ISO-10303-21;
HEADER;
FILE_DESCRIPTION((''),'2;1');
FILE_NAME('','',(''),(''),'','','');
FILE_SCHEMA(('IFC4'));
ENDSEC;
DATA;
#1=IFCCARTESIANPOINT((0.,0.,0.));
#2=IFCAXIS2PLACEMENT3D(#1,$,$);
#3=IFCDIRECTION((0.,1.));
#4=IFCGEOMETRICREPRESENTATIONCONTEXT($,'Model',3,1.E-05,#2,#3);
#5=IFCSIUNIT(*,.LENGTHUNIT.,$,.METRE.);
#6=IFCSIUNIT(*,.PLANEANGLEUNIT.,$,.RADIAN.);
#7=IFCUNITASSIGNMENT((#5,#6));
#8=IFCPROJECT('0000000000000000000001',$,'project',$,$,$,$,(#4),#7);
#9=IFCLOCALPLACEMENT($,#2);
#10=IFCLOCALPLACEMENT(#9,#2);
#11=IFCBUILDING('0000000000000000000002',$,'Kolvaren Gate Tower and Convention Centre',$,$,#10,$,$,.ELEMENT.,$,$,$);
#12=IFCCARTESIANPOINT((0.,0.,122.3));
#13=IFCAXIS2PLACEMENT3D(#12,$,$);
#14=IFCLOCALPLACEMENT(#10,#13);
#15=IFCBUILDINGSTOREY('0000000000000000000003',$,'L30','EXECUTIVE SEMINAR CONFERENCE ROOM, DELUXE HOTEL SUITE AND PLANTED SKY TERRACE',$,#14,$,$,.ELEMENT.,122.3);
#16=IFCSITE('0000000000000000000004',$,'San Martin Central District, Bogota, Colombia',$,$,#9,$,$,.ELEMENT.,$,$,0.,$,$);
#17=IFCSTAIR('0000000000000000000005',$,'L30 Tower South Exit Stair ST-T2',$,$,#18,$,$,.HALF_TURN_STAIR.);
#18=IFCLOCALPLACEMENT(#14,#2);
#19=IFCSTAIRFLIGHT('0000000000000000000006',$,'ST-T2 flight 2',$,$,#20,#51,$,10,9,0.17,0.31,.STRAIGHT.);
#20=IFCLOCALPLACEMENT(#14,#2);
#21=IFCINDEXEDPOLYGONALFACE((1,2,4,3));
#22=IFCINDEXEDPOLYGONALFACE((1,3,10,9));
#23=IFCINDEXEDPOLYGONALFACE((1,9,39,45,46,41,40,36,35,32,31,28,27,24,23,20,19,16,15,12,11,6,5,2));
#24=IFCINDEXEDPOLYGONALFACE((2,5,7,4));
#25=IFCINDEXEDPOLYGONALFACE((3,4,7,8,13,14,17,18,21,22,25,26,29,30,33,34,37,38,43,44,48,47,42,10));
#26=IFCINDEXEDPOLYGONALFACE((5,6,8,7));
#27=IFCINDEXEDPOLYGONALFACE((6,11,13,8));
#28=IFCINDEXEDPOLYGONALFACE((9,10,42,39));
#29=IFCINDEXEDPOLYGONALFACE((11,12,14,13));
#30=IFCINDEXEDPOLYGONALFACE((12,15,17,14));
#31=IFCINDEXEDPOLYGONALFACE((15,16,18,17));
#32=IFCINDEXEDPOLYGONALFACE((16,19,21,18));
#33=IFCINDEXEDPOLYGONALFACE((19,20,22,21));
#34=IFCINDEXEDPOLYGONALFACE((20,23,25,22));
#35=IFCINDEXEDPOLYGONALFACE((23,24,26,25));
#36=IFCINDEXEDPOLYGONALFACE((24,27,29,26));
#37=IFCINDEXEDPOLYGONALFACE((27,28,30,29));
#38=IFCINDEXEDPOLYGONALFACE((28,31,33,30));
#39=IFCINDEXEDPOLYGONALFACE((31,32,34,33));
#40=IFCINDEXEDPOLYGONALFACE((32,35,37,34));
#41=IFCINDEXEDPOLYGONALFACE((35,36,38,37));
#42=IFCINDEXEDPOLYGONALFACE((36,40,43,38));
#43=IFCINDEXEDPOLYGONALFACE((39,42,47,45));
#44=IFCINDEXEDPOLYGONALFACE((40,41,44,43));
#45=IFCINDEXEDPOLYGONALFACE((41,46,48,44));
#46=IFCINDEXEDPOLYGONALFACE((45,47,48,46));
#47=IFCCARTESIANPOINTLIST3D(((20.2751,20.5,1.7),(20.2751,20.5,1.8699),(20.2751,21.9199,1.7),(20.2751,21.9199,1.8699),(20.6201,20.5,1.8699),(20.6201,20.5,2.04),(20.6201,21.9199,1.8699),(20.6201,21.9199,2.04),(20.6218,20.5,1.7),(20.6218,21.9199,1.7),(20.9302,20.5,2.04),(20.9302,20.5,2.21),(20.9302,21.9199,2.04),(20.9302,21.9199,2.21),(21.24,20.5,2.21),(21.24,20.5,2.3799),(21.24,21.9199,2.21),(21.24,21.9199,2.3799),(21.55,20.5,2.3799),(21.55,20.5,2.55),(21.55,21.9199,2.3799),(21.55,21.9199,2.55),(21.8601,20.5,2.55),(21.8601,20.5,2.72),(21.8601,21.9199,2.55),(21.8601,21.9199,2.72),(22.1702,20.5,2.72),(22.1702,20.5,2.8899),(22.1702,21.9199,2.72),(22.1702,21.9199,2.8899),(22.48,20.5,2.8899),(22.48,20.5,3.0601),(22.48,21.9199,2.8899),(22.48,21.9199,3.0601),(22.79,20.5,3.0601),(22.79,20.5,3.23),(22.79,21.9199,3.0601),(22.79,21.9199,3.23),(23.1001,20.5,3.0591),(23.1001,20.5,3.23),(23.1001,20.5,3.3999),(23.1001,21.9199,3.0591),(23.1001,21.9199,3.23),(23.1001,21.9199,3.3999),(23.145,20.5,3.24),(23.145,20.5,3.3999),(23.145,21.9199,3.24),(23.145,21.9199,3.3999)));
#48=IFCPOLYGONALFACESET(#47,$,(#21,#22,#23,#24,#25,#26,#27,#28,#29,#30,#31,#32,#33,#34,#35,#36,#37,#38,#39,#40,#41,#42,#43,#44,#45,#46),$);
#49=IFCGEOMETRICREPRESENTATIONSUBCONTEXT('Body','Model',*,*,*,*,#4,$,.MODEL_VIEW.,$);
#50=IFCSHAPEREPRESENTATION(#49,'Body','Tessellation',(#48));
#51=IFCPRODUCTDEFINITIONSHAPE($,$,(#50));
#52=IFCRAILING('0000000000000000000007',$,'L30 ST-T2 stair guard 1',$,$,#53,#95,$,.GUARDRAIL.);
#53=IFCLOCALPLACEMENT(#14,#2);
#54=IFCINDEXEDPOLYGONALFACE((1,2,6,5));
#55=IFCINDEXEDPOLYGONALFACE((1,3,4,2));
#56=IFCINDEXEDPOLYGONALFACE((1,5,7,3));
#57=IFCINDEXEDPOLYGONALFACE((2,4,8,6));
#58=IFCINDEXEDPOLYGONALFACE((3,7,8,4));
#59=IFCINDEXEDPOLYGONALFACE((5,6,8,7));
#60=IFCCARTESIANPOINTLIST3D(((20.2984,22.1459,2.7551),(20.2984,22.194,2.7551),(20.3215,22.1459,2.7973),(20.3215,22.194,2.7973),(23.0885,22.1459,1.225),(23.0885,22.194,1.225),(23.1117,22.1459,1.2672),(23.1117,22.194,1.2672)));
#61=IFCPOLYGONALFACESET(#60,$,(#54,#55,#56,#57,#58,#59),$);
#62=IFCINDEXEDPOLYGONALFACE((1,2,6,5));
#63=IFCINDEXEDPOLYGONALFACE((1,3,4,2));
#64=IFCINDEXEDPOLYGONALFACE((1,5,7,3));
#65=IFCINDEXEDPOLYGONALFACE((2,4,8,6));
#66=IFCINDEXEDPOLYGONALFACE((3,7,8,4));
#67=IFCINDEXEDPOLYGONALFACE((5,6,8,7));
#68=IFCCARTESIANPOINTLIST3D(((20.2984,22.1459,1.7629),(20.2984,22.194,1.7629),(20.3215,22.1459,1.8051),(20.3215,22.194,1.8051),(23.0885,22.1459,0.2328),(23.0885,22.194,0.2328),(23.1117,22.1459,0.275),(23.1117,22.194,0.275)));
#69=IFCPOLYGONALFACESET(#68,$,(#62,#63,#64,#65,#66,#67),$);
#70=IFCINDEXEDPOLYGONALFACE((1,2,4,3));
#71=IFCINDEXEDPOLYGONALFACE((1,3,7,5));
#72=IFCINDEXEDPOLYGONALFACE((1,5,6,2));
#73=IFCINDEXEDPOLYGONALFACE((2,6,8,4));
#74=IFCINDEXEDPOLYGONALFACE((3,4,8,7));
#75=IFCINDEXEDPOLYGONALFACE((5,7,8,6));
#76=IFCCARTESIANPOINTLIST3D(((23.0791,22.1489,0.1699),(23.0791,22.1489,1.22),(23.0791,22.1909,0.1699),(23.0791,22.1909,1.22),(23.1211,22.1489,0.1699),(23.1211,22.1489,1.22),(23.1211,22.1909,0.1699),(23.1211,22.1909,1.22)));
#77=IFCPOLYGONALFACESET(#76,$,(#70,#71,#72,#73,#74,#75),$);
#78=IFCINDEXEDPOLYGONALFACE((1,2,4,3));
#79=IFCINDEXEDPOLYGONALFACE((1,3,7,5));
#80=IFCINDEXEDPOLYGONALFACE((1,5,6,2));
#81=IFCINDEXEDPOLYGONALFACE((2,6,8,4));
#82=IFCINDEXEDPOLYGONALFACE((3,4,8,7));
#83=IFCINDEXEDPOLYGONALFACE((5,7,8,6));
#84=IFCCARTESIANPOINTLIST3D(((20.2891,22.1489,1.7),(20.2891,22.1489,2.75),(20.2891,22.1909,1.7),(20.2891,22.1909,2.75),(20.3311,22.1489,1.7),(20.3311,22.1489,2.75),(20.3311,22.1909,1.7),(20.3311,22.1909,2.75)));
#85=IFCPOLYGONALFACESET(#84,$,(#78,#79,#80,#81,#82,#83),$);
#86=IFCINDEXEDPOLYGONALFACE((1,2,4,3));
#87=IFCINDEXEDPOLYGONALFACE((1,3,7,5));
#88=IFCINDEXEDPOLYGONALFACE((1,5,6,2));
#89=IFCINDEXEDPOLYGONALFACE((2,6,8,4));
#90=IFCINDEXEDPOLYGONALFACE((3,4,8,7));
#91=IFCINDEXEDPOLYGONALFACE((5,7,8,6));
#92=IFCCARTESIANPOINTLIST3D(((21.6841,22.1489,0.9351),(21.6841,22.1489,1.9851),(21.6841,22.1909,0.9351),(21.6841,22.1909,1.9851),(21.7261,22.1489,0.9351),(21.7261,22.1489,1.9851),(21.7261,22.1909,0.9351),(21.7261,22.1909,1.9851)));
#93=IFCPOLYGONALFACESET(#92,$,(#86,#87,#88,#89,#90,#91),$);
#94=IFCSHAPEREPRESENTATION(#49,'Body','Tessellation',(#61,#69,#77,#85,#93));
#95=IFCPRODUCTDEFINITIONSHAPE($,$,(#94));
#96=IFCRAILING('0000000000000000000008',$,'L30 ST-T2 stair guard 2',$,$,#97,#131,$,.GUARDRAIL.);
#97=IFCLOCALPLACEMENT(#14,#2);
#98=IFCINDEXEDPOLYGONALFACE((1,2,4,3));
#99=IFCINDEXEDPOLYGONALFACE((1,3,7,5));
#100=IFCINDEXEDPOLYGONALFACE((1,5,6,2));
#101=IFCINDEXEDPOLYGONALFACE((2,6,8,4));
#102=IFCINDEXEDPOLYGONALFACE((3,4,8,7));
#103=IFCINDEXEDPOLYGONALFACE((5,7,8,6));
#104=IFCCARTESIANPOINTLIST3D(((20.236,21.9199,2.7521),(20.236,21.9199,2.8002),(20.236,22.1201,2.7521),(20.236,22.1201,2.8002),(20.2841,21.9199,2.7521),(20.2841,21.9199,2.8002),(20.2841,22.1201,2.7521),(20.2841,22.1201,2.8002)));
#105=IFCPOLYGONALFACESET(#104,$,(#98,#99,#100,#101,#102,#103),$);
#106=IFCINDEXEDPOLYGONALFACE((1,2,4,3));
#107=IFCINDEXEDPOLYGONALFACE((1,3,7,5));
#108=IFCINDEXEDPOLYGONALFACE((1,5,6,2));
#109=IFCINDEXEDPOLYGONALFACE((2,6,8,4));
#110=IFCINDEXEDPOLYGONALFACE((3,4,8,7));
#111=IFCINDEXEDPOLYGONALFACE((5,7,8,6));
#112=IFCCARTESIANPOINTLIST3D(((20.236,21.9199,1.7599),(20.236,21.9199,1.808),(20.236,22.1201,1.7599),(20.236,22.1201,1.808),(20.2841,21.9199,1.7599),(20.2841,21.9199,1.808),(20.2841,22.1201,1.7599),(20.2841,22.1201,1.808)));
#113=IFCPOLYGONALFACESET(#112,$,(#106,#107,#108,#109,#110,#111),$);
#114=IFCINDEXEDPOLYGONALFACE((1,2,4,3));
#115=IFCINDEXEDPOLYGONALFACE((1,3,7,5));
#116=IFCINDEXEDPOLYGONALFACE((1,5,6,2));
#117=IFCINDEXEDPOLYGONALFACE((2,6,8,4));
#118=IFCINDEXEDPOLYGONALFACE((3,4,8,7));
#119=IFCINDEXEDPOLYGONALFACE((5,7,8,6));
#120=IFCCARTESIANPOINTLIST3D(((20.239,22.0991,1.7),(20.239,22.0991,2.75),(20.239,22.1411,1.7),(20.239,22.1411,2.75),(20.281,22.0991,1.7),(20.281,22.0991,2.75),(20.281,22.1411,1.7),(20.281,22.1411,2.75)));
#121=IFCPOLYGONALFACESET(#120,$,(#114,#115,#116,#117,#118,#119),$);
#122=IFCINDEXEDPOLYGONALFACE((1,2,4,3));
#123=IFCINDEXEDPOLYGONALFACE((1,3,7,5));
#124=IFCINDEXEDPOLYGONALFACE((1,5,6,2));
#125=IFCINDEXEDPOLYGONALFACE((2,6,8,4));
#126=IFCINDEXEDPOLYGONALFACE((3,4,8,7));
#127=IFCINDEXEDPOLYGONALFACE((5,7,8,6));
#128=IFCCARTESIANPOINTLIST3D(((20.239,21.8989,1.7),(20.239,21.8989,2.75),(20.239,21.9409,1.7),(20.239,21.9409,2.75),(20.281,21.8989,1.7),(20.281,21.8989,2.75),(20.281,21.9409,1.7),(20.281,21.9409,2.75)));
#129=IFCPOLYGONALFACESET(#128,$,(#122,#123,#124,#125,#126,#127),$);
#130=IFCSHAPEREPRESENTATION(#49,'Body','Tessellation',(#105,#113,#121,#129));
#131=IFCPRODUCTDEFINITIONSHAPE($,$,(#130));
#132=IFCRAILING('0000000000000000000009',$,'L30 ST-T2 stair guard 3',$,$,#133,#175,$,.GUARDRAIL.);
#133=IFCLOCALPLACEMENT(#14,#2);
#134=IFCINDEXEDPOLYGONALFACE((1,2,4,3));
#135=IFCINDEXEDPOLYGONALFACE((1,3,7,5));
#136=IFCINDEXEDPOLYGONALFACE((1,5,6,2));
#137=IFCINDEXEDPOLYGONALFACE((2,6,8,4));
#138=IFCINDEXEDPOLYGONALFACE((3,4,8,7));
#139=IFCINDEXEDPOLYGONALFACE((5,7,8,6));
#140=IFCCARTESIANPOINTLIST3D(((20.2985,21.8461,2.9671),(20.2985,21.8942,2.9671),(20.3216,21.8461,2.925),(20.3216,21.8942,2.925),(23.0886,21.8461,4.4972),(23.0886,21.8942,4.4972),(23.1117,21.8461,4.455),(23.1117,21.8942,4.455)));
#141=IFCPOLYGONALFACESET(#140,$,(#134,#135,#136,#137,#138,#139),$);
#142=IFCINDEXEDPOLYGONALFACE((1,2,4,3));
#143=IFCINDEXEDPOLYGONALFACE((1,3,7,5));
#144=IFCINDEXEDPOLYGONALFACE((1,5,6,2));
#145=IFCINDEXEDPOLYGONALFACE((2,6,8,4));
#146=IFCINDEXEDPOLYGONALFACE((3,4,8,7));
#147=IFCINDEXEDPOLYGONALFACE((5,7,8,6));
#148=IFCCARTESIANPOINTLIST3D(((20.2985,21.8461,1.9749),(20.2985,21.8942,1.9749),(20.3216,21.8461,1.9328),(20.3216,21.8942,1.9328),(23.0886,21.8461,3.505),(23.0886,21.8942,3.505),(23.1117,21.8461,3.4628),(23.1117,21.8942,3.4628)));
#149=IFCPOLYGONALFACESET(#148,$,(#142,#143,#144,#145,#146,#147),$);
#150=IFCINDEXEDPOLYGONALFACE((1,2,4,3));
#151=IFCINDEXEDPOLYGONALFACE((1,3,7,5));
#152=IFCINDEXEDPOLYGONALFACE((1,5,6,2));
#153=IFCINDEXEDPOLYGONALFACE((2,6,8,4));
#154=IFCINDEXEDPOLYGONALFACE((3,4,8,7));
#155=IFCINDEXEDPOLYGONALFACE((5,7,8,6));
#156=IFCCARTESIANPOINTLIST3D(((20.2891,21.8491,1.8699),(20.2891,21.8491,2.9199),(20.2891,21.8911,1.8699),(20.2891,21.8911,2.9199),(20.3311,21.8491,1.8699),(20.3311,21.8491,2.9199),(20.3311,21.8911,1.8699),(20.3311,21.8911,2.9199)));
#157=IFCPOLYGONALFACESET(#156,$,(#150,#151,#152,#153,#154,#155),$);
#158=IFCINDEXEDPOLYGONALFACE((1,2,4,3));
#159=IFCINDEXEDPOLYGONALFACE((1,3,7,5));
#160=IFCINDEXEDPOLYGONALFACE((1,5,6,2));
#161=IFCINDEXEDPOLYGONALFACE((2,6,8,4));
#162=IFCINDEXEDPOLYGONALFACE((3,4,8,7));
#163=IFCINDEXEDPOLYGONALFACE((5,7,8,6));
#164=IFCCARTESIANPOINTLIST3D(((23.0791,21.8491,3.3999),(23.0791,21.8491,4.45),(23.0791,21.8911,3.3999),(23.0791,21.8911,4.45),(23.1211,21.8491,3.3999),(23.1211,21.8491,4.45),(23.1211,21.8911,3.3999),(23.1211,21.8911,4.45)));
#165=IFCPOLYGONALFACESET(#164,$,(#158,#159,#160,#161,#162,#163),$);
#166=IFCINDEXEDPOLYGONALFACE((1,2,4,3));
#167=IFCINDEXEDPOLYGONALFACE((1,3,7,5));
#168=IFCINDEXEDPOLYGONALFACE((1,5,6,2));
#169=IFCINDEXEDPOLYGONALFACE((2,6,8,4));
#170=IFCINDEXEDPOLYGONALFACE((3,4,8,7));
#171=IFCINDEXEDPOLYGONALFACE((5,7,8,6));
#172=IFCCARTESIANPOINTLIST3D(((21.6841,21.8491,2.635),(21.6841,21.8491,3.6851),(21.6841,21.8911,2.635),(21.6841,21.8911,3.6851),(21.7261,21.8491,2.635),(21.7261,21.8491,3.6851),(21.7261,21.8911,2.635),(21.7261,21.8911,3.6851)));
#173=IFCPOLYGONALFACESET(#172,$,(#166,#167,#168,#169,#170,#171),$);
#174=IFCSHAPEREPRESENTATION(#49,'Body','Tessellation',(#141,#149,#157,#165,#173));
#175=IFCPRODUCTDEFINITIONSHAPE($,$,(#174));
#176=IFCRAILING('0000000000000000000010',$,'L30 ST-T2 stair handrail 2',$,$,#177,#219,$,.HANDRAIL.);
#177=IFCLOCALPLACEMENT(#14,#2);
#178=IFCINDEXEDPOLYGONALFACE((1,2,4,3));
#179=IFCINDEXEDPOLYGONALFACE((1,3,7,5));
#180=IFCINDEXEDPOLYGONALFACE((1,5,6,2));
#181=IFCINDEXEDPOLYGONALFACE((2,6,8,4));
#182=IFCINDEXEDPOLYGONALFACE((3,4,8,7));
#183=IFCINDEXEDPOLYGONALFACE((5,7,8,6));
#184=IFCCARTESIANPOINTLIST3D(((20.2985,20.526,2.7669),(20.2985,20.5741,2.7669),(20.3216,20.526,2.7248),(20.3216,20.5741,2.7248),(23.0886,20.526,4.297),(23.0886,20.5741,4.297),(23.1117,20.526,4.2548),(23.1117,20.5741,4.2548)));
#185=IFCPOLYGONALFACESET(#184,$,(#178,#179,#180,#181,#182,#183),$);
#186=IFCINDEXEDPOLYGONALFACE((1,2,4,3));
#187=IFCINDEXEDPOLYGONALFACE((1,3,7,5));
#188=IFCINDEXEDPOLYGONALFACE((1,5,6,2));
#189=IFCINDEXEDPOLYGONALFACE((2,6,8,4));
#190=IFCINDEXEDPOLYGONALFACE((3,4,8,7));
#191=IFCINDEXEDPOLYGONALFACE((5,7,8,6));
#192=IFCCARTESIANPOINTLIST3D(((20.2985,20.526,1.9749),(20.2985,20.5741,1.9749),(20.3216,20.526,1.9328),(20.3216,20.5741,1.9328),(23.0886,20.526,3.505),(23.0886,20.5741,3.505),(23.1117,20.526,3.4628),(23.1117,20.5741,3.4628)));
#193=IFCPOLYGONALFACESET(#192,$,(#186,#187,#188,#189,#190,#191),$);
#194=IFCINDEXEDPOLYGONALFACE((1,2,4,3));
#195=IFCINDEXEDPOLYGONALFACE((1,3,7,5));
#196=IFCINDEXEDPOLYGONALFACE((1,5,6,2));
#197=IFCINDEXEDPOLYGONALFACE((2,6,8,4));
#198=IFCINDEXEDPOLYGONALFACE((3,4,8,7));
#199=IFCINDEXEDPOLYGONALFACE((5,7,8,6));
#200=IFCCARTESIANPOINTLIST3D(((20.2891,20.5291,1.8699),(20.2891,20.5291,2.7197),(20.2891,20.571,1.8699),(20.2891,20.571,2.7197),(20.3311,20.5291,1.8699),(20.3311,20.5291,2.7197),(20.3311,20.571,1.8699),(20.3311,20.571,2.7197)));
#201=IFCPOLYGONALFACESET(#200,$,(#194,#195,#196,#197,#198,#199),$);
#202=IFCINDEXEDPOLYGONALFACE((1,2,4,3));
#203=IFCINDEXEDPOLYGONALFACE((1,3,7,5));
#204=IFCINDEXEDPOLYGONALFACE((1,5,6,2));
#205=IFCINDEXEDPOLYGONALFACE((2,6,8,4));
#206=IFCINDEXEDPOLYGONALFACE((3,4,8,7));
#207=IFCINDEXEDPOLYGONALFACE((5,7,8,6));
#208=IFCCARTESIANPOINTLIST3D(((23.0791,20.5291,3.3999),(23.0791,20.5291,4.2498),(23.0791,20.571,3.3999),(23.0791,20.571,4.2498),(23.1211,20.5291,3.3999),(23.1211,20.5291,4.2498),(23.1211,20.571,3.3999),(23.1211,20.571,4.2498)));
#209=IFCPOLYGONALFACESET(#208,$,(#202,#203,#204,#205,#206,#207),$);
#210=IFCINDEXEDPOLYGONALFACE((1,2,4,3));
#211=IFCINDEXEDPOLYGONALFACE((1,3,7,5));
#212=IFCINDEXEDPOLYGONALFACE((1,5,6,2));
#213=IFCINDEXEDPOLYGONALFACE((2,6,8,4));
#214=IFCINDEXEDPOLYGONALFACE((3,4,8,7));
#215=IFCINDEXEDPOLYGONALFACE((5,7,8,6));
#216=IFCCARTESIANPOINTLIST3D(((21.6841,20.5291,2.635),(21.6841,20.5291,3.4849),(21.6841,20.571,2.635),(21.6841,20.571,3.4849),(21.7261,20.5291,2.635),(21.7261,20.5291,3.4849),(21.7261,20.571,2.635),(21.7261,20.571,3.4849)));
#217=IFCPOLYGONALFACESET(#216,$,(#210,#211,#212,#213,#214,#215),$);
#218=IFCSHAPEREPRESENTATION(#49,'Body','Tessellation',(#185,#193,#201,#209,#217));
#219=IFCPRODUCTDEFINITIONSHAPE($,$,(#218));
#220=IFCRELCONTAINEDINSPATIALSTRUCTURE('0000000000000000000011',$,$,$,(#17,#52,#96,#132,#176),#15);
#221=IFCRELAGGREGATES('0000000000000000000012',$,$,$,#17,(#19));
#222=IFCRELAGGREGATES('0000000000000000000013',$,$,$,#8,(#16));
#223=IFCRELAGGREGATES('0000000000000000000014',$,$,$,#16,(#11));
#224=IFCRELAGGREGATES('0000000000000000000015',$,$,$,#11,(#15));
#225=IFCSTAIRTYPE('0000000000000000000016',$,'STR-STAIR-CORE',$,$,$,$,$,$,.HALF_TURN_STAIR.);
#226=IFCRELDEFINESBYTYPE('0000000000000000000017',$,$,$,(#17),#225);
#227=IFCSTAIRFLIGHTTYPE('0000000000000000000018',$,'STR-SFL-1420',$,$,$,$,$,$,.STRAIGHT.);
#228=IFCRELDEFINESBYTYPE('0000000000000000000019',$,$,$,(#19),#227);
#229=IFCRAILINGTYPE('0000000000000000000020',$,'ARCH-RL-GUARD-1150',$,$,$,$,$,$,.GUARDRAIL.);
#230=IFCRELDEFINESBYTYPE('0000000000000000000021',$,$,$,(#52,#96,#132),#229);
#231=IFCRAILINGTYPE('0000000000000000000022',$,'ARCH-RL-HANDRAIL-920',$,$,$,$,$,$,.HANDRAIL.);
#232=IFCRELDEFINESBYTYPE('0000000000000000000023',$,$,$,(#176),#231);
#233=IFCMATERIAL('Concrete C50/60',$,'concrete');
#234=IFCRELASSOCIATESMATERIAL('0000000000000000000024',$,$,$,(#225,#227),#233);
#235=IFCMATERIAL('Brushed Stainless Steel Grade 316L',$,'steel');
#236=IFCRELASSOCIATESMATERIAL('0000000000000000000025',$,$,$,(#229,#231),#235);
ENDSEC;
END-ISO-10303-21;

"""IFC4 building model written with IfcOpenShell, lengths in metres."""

from ifc_helpers import new_model, si_unit, direction, frame, origin, origin_2d, place, context, subcontext, project, spatial, polyline, rectangle, outline, extrude, material, type_object, element, aggregate, save


model = new_model("IFC4")

# Units and contexts
model_context = context("Model", 3, precision=1e-05, world=origin(), true_north=direction((0.0, 1.0)))
body_context = subcontext(model_context, "Body", "Model", "MODEL_VIEW")
ifc_project = project(units=[si_unit("LENGTHUNIT", "METRE"), si_unit("PLANEANGLEUNIT", "RADIAN")], contexts=[model_context])

# Site, building, storey
site_placement = place(None, origin())
site = spatial("IfcSite", under=ifc_project, at=site_placement, Name="San Martin Central District, Bogota, Colombia", CompositionType="ELEMENT", RefElevation=0.0)
building_placement = place(site_placement, origin())
building = spatial("IfcBuilding", under=site, at=building_placement, Name="Kolvaren Gate Tower and Convention Centre", CompositionType="ELEMENT")
storey_placement = place(building_placement, frame((0.0, 0.0, 122.3)))
storey = spatial("IfcBuildingStorey", under=building, at=storey_placement, Name="L30", Description="EXECUTIVE SEMINAR CONFERENCE ROOM, DELUXE HOTEL SUITE AND PLANTED SKY TERRACE", CompositionType="ELEMENT", Elevation=122.3)

# Stair, stair flight
ifc_material_1 = material(Name="Concrete C50/60", Category="concrete")
stair_type = type_object("IfcStairType", Name="STR-STAIR-CORE", PredefinedType="HALF_TURN_STAIR", material=ifc_material_1)
stair_placement = place(storey_placement, origin())
stair = element("IfcStair", 1, at=stair_placement, inside=storey, type_object=stair_type, Name="L30 Tower South Exit Stair ST-T2", PredefinedType="HALF_TURN_STAIR")
stair_flight_type = type_object("IfcStairFlightType", Name="STR-SFL-1420", PredefinedType="STRAIGHT", material=ifc_material_1)
stair_flight_1_placement = place(storey_placement, frame((20.3101, 21.21, 1.7), z_axis=(0.0, 0.0, 1.0), x_axis=(1.0, 0.0, 0.0)))
stair_flight_1 = element("IfcStairFlight", 2, at=stair_flight_1_placement, type_object=stair_flight_type, Name="ST-T2 flight 2", NumberOfRisers=10, NumberOfTreads=9, PredefinedType="STRAIGHT", RiserHeight=0.17, TreadLength=0.31, context=body_context, shape_type="SweptSolid", body=[
    extrude(outline(polyline([(-0.0349, 0.0), (-0.0349, 0.1699), (0.3101, 0.1699), (0.3101, 0.3401), (0.6201, 0.3401), (0.6201, 0.51), (0.9299, 0.51), (0.9299, 0.6799), (1.24, 0.6799), (1.24, 0.8501), (1.55, 0.8501), (1.55, 1.02), (1.8601, 1.02), (1.8601, 1.1899), (2.1699, 1.1899), (2.1699, 1.3601), (2.48, 1.3601), (2.48, 1.53), (2.79, 1.53), (2.79, 1.7), (2.835, 1.7), (2.835, 1.54), (2.79, 1.3591), (0.3118, 0.0), (-0.0349, 0.0)])), frame((0.0, 0.71, 0.0), z_axis=(0.0, -1.0, 0.0), x_axis=(1.0, 0.0, 0.0)), (0.0, 0.0, 1.0), 1.4199),
])
aggregate(stair, [stair_flight_1])

# Railings
ifc_material_2 = material(Name="Brushed Stainless Steel Grade 316L", Category="steel")
railing_type_1 = type_object("IfcRailingType", Name="ARCH-RL-GUARD-1150", PredefinedType="GUARDRAIL", material=ifc_material_2)
railing_1_placement = place(storey_placement, frame((23.1001, 22.1699, 0.1699)))
element("IfcRailing", 3, at=railing_1_placement, inside=storey, type_object=railing_type_1, Name="L30 ST-T2 stair guard 1", PredefinedType="GUARDRAIL", context=body_context, shape_type="SweptSolid", body=[
    extrude(rectangle(XDim=0.0481, YDim=0.0481, at=origin_2d()), frame((0.0, 0.0, 1.0762), z_axis=(-0.876811, 0.0, 0.480835), x_axis=(0.0, -1.0, 0.0)), (0.0, 0.0, 1.0), 3.1821),
    extrude(rectangle(XDim=0.0481, YDim=0.0481, at=origin_2d()), frame((0.0, 0.0, 0.084), z_axis=(-0.876811, 0.0, 0.480835), x_axis=(0.0, -1.0, 0.0)), (0.0, 0.0, 1.0), 3.1821),
    extrude(rectangle(XDim=0.042, YDim=0.042, at=origin_2d()), origin(), (0.0, 0.0, 1.0), 1.05),
    extrude(rectangle(XDim=0.042, YDim=0.042, at=origin_2d()), frame((-2.79, 0.0, 1.53)), (0.0, 0.0, 1.0), 1.05),
    extrude(rectangle(XDim=0.042, YDim=0.042, at=origin_2d()), frame((-1.395, 0.0, 0.7651)), (0.0, 0.0, 1.0), 1.05),
])
railing_2_placement = place(storey_placement, frame((20.26, 22.1201, 1.7)))
element("IfcRailing", 4, at=railing_2_placement, inside=storey, type_object=railing_type_1, Name="L30 ST-T2 stair guard 2", PredefinedType="GUARDRAIL", context=body_context, shape_type="SweptSolid", body=[
    extrude(rectangle(XDim=0.0481, YDim=0.0481, at=origin_2d()), frame((0.0, 0.0, 1.0762), z_axis=(0.0, -1.0, 0.0), x_axis=(1.0, 0.0, 0.0)), (0.0, 0.0, 1.0), 0.2002),
    extrude(rectangle(XDim=0.0481, YDim=0.0481, at=origin_2d()), frame((0.0, 0.0, 0.084), z_axis=(0.0, -1.0, 0.0), x_axis=(1.0, 0.0, 0.0)), (0.0, 0.0, 1.0), 0.2002),
    extrude(rectangle(XDim=0.042, YDim=0.042, at=origin_2d()), origin(), (0.0, 0.0, 1.0), 1.05),
    extrude(rectangle(XDim=0.042, YDim=0.042, at=origin_2d()), frame((0.0, -0.2002, 0.0)), (0.0, 0.0, 1.0), 1.05),
])
railing_3_placement = place(storey_placement, frame((20.3101, 21.8701, 1.8699)))
element("IfcRailing", 5, at=railing_3_placement, inside=storey, type_object=railing_type_1, Name="L30 ST-T2 stair guard 3", PredefinedType="GUARDRAIL", context=body_context, shape_type="SweptSolid", body=[
    extrude(rectangle(XDim=0.0481, YDim=0.0481, at=origin_2d()), frame((0.0, 0.0, 1.0762), z_axis=(0.876811, 0.0, 0.480835), x_axis=(0.0, 1.0, 0.0)), (0.0, 0.0, 1.0), 3.1821),
    extrude(rectangle(XDim=0.0481, YDim=0.0481, at=origin_2d()), frame((0.0, 0.0, 0.084), z_axis=(0.876811, 0.0, 0.480835), x_axis=(0.0, 1.0, 0.0)), (0.0, 0.0, 1.0), 3.1821),
    extrude(rectangle(XDim=0.042, YDim=0.042, at=origin_2d()), origin(), (0.0, 0.0, 1.0), 1.05),
    extrude(rectangle(XDim=0.042, YDim=0.042, at=origin_2d()), frame((2.79, 0.0, 1.53)), (0.0, 0.0, 1.0), 1.05),
    extrude(rectangle(XDim=0.042, YDim=0.042, at=origin_2d()), frame((1.395, 0.0, 0.7651)), (0.0, 0.0, 1.0), 1.05),
])
railing_type_2 = type_object("IfcRailingType", Name="ARCH-RL-HANDRAIL-920", PredefinedType="HANDRAIL", material=ifc_material_2)
railing_4_placement = place(storey_placement, frame((20.3101, 20.55, 1.8699)))
element("IfcRailing", 6, at=railing_4_placement, inside=storey, type_object=railing_type_2, Name="L30 ST-T2 stair handrail 2", PredefinedType="HANDRAIL", context=body_context, shape_type="SweptSolid", body=[
    extrude(rectangle(XDim=0.0481, YDim=0.0481, at=origin_2d()), frame((0.0, 0.0, 0.876), z_axis=(0.876811, 0.0, 0.480835), x_axis=(0.0, 1.0, 0.0)), (0.0, 0.0, 1.0), 3.1821),
    extrude(rectangle(XDim=0.0481, YDim=0.0481, at=origin_2d()), frame((0.0, 0.0, 0.084), z_axis=(0.876811, 0.0, 0.480835), x_axis=(0.0, 1.0, 0.0)), (0.0, 0.0, 1.0), 3.1821),
    extrude(rectangle(XDim=0.042, YDim=0.042, at=origin_2d()), origin(), (0.0, 0.0, 1.0), 0.8499),
    extrude(rectangle(XDim=0.042, YDim=0.042, at=origin_2d()), frame((2.79, 0.0, 1.53)), (0.0, 0.0, 1.0), 0.8499),
    extrude(rectangle(XDim=0.042, YDim=0.042, at=origin_2d()), frame((1.395, 0.0, 0.7651)), (0.0, 0.0, 1.0), 0.8499),
])

save(model, "model.ifc")
